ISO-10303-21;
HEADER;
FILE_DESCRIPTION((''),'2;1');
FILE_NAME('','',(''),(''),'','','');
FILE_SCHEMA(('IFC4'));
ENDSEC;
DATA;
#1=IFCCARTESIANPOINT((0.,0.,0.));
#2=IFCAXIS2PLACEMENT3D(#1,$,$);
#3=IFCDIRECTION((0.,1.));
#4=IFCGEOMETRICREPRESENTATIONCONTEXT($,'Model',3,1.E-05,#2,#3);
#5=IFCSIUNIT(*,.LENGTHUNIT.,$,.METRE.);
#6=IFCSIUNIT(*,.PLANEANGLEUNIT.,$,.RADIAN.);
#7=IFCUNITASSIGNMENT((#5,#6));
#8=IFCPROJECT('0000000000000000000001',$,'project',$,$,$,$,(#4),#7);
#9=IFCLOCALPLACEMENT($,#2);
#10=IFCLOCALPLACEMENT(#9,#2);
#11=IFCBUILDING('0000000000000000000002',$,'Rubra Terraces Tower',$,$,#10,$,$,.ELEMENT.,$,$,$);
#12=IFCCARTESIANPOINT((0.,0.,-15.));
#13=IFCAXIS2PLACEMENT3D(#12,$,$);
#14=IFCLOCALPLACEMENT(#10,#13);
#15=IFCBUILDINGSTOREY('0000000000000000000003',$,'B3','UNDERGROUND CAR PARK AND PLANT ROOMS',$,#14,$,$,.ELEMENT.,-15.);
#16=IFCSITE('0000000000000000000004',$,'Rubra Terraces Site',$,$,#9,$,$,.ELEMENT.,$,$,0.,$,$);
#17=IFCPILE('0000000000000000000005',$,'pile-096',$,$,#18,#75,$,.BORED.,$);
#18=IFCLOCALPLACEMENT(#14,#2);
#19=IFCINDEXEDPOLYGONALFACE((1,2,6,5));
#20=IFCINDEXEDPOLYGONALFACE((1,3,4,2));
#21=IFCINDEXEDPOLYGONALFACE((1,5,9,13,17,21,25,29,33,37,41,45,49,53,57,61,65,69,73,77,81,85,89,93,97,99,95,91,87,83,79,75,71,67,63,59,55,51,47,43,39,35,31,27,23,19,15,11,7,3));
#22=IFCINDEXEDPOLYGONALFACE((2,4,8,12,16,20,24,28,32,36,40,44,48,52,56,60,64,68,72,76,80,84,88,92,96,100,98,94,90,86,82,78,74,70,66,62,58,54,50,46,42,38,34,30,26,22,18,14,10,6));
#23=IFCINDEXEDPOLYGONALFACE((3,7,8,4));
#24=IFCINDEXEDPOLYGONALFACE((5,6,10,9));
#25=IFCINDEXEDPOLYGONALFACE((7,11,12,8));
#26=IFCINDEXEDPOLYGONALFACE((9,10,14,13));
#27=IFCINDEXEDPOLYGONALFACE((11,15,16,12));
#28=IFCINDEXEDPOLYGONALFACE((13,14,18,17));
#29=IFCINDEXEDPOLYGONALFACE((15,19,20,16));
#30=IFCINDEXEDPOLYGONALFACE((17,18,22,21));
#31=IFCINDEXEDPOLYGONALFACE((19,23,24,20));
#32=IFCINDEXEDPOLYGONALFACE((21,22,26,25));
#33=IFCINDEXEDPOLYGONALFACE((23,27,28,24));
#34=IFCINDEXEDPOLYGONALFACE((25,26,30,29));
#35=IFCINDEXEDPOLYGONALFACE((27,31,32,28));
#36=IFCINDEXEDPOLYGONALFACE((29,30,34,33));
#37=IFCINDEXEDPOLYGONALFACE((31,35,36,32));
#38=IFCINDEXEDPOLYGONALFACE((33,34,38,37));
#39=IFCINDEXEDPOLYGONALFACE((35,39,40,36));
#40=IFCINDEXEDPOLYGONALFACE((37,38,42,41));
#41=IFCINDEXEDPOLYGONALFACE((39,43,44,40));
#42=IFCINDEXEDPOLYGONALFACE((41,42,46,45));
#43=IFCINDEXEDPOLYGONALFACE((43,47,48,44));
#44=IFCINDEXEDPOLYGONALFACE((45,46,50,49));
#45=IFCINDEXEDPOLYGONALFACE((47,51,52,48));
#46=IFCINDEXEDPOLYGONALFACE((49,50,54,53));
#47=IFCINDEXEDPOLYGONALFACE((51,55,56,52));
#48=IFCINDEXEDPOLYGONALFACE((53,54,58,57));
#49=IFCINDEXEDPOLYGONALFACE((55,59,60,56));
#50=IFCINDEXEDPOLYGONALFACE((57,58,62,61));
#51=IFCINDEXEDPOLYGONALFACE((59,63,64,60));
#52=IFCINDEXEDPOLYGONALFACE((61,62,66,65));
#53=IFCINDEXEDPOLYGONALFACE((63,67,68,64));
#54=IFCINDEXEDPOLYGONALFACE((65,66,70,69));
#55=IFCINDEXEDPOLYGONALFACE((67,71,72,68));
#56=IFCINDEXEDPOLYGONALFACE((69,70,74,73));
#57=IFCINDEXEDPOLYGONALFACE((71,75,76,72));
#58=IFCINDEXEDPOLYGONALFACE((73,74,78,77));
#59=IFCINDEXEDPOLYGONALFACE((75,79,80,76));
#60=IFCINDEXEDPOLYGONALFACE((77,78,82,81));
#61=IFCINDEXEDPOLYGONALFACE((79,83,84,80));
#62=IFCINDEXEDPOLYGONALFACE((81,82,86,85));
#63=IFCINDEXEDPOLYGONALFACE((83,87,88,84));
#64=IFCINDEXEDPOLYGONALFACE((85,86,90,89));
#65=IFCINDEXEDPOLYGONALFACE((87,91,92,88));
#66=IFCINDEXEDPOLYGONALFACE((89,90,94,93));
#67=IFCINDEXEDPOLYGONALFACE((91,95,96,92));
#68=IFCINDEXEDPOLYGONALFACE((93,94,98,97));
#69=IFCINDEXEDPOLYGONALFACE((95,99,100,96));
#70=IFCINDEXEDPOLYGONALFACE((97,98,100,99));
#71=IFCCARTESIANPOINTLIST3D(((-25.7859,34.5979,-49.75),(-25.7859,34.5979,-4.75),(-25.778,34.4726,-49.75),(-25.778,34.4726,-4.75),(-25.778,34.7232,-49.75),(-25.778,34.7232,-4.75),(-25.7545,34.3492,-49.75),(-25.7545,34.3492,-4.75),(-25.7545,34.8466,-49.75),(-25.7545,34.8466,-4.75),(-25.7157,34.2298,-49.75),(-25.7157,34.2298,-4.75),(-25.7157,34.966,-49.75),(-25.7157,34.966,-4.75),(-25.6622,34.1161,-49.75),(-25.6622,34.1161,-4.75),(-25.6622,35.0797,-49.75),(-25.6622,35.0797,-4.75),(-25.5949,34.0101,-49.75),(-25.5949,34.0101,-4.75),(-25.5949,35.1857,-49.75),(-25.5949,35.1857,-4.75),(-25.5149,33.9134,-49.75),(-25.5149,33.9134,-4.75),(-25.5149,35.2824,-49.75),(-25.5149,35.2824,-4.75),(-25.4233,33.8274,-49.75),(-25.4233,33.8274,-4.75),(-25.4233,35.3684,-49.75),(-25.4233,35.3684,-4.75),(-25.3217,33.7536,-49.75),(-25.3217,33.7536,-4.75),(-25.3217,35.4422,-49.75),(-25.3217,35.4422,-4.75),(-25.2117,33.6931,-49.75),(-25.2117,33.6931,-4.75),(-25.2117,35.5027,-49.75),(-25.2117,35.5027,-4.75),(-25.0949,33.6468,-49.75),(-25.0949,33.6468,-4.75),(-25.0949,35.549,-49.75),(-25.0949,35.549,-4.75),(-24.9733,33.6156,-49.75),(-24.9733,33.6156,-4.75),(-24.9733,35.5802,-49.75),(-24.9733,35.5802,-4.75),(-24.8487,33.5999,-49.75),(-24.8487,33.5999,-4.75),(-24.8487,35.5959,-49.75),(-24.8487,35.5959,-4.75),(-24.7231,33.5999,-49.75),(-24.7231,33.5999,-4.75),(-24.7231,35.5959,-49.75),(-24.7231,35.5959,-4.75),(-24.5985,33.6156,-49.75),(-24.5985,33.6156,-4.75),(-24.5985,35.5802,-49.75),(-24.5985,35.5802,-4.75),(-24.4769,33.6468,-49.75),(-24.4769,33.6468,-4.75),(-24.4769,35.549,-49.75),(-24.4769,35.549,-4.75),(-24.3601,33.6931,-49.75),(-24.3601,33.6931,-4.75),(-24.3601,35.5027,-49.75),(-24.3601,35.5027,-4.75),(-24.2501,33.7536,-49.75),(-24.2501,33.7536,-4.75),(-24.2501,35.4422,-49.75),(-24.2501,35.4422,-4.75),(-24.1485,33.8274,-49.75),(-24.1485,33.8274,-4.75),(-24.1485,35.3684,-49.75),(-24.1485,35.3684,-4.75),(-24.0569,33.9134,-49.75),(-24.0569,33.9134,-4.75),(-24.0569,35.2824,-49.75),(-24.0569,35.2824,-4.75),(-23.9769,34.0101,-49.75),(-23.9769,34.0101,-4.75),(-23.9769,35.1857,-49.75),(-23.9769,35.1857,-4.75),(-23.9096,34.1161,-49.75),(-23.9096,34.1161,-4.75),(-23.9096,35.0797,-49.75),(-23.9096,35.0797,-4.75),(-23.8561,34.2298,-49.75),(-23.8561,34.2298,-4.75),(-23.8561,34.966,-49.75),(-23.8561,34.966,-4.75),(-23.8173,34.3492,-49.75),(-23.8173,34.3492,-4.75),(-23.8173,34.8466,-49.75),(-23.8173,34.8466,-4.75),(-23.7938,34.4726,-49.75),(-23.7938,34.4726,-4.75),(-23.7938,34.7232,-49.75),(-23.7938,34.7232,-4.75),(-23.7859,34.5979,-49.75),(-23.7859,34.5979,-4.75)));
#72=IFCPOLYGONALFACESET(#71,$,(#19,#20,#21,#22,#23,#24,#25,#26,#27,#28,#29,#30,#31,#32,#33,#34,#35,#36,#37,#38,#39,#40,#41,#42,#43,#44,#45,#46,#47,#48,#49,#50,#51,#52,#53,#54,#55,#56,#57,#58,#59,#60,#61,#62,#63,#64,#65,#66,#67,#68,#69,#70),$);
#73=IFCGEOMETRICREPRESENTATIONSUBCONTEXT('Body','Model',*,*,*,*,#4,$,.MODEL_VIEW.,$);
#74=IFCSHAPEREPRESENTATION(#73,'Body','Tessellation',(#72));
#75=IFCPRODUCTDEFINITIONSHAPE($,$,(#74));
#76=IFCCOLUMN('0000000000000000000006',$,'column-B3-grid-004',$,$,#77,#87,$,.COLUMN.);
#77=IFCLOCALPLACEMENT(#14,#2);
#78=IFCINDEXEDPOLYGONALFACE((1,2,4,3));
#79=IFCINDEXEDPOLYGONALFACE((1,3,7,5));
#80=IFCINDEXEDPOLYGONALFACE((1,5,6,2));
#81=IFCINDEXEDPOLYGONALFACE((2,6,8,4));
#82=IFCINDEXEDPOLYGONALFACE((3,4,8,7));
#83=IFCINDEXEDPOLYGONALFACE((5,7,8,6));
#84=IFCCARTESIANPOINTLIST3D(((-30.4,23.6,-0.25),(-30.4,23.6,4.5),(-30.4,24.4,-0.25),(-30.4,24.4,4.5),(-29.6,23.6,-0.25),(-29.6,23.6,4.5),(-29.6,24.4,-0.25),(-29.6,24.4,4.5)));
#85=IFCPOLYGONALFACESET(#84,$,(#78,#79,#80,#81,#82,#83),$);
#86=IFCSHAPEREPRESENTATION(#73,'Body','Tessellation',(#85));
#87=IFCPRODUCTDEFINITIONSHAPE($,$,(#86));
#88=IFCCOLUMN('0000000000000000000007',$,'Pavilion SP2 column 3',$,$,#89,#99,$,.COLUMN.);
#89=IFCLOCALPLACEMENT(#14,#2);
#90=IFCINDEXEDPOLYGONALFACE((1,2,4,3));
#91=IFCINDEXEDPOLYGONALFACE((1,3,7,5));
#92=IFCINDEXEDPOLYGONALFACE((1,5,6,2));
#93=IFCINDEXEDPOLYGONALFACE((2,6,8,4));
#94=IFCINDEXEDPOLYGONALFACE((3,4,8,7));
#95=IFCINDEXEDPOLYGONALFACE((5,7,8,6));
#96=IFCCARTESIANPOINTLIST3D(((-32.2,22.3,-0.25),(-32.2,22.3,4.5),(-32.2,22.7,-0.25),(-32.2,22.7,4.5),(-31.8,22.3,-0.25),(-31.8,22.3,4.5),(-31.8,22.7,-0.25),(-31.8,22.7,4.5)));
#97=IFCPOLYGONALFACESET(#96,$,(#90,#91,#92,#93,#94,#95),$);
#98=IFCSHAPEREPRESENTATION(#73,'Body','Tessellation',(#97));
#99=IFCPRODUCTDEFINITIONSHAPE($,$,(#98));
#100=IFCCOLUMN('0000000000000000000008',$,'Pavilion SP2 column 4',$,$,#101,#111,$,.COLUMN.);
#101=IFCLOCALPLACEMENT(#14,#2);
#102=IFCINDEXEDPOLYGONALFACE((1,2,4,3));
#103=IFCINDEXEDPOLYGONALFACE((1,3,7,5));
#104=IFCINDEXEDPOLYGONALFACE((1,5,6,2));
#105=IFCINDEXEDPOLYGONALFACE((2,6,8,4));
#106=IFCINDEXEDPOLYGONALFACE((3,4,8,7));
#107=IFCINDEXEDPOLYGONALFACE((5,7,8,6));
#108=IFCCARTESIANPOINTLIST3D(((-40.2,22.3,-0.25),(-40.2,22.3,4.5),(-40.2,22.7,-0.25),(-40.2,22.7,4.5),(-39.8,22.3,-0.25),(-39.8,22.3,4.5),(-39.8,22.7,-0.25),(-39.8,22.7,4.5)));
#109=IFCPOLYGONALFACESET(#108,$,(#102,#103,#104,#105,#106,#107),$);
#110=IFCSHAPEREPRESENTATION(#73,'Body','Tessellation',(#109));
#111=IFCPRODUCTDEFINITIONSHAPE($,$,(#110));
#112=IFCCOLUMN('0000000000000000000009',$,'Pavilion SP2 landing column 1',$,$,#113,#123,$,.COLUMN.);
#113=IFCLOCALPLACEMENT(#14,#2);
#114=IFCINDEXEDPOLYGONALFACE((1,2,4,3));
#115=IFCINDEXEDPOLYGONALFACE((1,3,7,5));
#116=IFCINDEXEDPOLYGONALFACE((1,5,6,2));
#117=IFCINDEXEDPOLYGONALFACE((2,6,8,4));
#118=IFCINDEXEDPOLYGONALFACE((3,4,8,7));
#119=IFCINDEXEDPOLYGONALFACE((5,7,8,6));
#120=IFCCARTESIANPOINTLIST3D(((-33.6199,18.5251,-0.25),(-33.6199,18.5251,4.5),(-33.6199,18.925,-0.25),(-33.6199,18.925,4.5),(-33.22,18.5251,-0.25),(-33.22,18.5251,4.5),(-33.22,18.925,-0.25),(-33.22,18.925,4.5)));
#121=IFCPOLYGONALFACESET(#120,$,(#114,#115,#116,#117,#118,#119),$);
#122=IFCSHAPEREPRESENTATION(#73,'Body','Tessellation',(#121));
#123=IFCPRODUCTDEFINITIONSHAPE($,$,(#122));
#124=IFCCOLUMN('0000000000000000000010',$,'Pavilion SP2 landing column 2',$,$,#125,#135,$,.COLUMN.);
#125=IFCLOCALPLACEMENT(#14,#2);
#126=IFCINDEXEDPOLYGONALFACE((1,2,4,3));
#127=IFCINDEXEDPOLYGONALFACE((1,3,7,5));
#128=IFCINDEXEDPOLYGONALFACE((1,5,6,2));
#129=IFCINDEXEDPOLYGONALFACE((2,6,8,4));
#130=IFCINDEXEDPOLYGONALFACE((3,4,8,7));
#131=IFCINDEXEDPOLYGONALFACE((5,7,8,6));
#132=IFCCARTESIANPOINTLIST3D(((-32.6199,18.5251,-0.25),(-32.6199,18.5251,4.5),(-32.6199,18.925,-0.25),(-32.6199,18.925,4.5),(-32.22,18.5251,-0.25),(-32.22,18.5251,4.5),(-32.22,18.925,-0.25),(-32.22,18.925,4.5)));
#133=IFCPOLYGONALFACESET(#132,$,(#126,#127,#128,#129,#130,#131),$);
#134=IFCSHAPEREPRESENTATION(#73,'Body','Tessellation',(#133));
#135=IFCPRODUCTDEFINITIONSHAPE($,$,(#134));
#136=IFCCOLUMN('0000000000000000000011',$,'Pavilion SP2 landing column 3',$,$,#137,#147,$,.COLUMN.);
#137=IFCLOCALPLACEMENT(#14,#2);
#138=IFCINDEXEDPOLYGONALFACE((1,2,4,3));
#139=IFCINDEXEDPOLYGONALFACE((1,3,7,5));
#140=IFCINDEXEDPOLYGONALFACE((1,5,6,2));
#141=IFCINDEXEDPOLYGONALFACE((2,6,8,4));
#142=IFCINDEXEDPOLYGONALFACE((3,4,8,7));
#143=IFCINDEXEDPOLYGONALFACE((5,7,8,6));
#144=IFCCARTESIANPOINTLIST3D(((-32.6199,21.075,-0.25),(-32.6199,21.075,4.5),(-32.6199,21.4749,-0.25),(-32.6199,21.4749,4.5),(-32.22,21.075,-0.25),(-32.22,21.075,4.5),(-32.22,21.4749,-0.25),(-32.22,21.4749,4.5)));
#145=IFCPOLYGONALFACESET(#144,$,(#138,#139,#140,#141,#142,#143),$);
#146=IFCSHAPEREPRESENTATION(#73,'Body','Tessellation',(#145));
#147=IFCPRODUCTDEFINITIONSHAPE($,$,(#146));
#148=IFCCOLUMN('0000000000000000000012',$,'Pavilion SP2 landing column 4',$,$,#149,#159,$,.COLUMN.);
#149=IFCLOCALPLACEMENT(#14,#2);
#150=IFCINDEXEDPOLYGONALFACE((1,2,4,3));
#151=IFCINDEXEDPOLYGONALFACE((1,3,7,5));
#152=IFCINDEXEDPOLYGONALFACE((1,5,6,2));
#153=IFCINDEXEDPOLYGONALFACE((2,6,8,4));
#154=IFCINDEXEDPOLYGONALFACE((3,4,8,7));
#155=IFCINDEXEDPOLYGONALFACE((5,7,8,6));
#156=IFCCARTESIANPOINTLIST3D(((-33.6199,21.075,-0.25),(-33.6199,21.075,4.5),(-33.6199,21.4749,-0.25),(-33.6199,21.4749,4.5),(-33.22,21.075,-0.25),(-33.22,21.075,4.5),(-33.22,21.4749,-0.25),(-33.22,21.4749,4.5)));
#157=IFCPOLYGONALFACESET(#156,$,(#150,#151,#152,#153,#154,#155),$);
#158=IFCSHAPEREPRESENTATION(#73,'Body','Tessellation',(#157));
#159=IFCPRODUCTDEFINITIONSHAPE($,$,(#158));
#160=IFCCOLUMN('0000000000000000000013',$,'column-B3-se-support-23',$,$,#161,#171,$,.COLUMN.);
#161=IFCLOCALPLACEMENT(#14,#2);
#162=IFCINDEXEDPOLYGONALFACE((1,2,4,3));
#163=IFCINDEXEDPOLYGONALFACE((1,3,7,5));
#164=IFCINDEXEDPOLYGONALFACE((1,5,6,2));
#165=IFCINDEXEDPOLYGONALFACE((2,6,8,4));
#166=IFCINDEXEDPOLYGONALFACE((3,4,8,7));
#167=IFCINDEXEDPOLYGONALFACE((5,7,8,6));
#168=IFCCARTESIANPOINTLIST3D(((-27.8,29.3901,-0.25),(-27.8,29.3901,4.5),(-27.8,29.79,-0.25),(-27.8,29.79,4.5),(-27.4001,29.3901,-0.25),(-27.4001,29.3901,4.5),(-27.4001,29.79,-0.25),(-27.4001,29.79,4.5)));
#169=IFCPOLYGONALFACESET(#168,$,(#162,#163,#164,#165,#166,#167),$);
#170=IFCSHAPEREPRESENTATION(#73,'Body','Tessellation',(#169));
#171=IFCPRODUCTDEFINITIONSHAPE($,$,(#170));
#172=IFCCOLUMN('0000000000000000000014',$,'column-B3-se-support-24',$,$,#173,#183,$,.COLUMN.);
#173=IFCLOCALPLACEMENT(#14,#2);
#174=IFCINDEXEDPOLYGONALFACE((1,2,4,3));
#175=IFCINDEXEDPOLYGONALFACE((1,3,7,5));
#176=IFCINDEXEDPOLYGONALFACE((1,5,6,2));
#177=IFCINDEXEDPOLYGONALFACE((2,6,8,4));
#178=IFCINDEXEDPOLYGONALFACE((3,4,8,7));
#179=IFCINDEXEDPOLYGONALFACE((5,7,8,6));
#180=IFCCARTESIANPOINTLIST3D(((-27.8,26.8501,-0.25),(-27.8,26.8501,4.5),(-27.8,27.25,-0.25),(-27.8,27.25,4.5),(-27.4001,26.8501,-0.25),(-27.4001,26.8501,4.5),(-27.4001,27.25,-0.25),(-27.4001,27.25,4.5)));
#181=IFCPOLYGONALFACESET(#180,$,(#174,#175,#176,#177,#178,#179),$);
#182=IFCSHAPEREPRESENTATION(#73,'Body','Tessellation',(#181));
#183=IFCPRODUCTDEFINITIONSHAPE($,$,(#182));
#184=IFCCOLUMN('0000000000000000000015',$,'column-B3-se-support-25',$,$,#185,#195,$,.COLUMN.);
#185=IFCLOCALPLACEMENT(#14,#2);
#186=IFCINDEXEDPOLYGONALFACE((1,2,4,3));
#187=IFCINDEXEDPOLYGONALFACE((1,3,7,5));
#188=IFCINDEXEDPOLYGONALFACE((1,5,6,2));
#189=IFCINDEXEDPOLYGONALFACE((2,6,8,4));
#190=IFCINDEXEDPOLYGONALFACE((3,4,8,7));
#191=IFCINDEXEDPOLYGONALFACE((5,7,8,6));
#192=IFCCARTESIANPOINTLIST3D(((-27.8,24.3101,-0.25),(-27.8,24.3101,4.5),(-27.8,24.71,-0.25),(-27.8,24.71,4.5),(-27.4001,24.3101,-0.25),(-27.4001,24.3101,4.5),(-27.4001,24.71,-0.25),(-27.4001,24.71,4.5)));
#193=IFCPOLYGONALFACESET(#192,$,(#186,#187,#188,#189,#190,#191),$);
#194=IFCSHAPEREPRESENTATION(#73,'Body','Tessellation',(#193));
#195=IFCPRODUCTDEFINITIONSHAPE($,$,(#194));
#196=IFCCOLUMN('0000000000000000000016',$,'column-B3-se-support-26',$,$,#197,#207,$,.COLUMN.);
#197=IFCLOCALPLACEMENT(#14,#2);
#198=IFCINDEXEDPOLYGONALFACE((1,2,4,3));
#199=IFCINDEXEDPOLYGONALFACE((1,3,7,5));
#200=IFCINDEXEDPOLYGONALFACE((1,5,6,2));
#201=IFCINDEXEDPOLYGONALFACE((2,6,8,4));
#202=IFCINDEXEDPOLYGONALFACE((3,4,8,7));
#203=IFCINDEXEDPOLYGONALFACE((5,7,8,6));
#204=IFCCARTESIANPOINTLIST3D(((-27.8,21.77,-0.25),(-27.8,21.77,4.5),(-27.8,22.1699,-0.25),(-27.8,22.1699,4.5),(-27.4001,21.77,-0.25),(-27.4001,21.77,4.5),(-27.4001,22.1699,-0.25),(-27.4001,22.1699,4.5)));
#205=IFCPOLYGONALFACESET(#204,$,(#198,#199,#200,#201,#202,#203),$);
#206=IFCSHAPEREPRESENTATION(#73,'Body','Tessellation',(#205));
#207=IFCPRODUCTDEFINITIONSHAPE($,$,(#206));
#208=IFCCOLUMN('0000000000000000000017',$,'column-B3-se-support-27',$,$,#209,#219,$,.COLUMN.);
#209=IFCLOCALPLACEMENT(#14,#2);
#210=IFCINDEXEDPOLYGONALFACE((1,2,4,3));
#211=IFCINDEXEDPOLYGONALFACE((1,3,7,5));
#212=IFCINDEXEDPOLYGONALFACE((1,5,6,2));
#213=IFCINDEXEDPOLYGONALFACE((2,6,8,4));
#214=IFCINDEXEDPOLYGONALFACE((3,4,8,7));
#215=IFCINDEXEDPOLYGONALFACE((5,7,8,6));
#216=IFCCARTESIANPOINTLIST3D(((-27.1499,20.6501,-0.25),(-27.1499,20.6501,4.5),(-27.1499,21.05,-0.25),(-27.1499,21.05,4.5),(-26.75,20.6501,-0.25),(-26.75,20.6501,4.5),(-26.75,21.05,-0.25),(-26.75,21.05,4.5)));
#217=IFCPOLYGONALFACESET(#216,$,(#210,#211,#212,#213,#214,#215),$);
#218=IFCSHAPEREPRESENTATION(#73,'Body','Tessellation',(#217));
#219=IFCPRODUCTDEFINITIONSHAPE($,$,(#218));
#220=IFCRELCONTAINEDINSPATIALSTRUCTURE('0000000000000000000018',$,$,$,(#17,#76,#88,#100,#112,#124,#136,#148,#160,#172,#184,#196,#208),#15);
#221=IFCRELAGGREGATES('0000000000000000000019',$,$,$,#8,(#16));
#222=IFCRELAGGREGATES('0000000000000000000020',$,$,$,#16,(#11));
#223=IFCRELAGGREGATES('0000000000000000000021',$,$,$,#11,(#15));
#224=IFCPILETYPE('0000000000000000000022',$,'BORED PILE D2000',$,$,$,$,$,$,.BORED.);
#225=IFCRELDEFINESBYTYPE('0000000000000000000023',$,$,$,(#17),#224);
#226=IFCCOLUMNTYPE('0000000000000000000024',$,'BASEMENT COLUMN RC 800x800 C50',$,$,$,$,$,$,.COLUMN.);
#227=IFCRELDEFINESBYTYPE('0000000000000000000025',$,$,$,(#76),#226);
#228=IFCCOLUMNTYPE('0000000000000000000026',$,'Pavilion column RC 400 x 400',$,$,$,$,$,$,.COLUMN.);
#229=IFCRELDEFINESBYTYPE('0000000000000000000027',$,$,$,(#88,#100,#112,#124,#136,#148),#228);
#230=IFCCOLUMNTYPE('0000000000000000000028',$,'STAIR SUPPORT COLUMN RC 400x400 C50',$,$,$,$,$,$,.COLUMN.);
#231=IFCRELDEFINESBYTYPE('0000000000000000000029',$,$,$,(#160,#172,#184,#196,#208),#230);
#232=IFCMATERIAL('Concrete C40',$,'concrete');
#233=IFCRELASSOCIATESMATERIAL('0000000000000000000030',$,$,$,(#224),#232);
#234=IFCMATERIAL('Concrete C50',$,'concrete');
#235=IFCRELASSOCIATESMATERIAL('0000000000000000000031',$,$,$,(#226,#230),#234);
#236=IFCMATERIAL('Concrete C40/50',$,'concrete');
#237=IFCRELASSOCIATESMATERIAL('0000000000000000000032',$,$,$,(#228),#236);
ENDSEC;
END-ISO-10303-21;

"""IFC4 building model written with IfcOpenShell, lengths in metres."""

from ifc_helpers import new_model, si_unit, direction, frame, origin, origin_2d, place, context, subcontext, project, spatial, rectangle, circle, extrude, material, material_profile, profile_set, type_object, element, save


model = new_model("IFC4")

# Units and contexts
model_context = context("Model", 3, precision=1e-05, world=origin(), true_north=direction((0.0, 1.0)))
body_context = subcontext(model_context, "Body", "Model", "MODEL_VIEW")
ifc_project = project(units=[si_unit("LENGTHUNIT", "METRE"), si_unit("PLANEANGLEUNIT", "RADIAN")], contexts=[model_context])

# Site, building, storey
site_placement = place(None, origin())
site = spatial("IfcSite", under=ifc_project, at=site_placement, Name="Rubra Terraces Site", CompositionType="ELEMENT", RefElevation=0.0)
building_placement = place(site_placement, origin())
building = spatial("IfcBuilding", under=site, at=building_placement, Name="Rubra Terraces Tower", CompositionType="ELEMENT")
storey_placement = place(building_placement, frame((0.0, 0.0, -15.0)))
storey = spatial("IfcBuildingStorey", under=building, at=storey_placement, Name="B3", Description="UNDERGROUND CAR PARK AND PLANT ROOMS", CompositionType="ELEMENT", Elevation=-15.0)

# Pile
ifc_material_1 = material(Name="Concrete C40", Category="concrete")
ifc_material_profile_1 = material_profile(ifc_material_1, circle(Radius=1.0, at=origin_2d()), Name="BORED PILE D2000")
ifc_profile_set_1 = profile_set([ifc_material_profile_1], Name="Concrete C40")
pile_type = type_object("IfcPileType", Name="BORED PILE D2000", PredefinedType="BORED", material=ifc_profile_set_1)
for number, where, z_axis, x_axis, name in (
    (1, (-24.7859, 34.5979, -4.75), (0.0, 0.0, -1.0), (1.0, 0.0, 0.0), "pile-096"),
):
    element("IfcPile", number, at=place(storey_placement, frame(where, z_axis=z_axis, x_axis=x_axis)), inside=storey, type_object=pile_type, Name=name, PredefinedType="BORED", context=body_context, shape_type="SweptSolid", body=[
        extrude(circle(Radius=1.0, at=origin_2d()), origin(), (0.0, 0.0, 1.0), 45.0),
    ])

# Columns
ifc_material_2 = material(Name="Concrete C50", Category="concrete")
ifc_material_profile_2 = material_profile(ifc_material_2, rectangle(XDim=0.8, YDim=0.8, at=origin_2d()), Name="RC 800x800")
ifc_profile_set_2 = profile_set([ifc_material_profile_2], Name="Concrete C50")
column_type_1 = type_object("IfcColumnType", Name="BASEMENT COLUMN RC 800x800 C50", PredefinedType="COLUMN", material=ifc_profile_set_2)
column_placement = place(storey_placement, frame((-30.0, 24.0, -0.25), z_axis=(0.0, 0.0, 1.0), x_axis=(1.0, 0.0, 0.0)))
element("IfcColumn", 2, at=column_placement, inside=storey, type_object=column_type_1, Name="column-B3-grid-004", PredefinedType="COLUMN", context=body_context, shape_type="SweptSolid", body=[
    extrude(rectangle(XDim=0.8, YDim=0.8, at=origin_2d()), origin(), (0.0, 0.0, 1.0), 4.75),
])
ifc_material_3 = material(Name="Concrete C40/50", Category="concrete")
ifc_material_profile_3 = material_profile(ifc_material_3, rectangle(XDim=0.3999, YDim=0.3999, at=origin_2d()), Name="RC 400x400")
ifc_profile_set_3 = profile_set([ifc_material_profile_3], Name="Concrete C40/50")
column_type_2 = type_object("IfcColumnType", Name="Pavilion column RC 400 x 400", PredefinedType="COLUMN", material=ifc_profile_set_3)
for number, where, z_axis, x_axis, name in (
    (3, (-32.0, 22.5, -0.25), (0.0, 0.0, 1.0), (1.0, 0.0, 0.0), "Pavilion SP2 column 3"),
    (4, (-40.0, 22.5, -0.25), (0.0, 0.0, 1.0), (1.0, 0.0, 0.0), "Pavilion SP2 column 4"),
    (5, (-33.4199, 18.7251, -0.25), (0.0, 0.0, 1.0), (1.0, 0.0, 0.0), "Pavilion SP2 landing column 1"),
    (6, (-32.4199, 18.7251, -0.25), (0.0, 0.0, 1.0), (1.0, 0.0, 0.0), "Pavilion SP2 landing column 2"),
    (7, (-32.4199, 21.2749, -0.25), (0.0, 0.0, 1.0), (1.0, 0.0, 0.0), "Pavilion SP2 landing column 3"),
    (8, (-33.4199, 21.2749, -0.25), (0.0, 0.0, 1.0), (1.0, 0.0, 0.0), "Pavilion SP2 landing column 4"),
):
    element("IfcColumn", number, at=place(storey_placement, frame(where, z_axis=z_axis, x_axis=x_axis)), inside=storey, type_object=column_type_2, Name=name, PredefinedType="COLUMN", context=body_context, shape_type="SweptSolid", body=[
        extrude(rectangle(XDim=0.3999, YDim=0.3999, at=origin_2d()), origin(), (0.0, 0.0, 1.0), 4.75),
    ])
ifc_material_profile_4 = material_profile(ifc_material_2, rectangle(XDim=0.3999, YDim=0.3999, at=origin_2d()), Name="RC 400x400")
ifc_profile_set_4 = profile_set([ifc_material_profile_4], Name="Concrete C50")
column_type_3 = type_object("IfcColumnType", Name="STAIR SUPPORT COLUMN RC 400x400 C50", PredefinedType="COLUMN", material=ifc_profile_set_4)
for number, where, z_axis, x_axis, name in (
    (9, (-27.6001, 29.5901, -0.25), (0.0, 0.0, 1.0), (1.0, 0.0, 0.0), "column-B3-se-support-23"),
    (10, (-27.6001, 27.05, -0.25), (0.0, 0.0, 1.0), (1.0, 0.0, 0.0), "column-B3-se-support-24"),
    (11, (-27.6001, 24.51, -0.25), (0.0, 0.0, 1.0), (1.0, 0.0, 0.0), "column-B3-se-support-25"),
    (12, (-27.6001, 21.97, -0.25), (0.0, 0.0, 1.0), (1.0, 0.0, 0.0), "column-B3-se-support-26"),
    (13, (-26.95, 20.8501, -0.25), (0.0, 0.0, 1.0), (1.0, 0.0, 0.0), "column-B3-se-support-27"),
):
    element("IfcColumn", number, at=place(storey_placement, frame(where, z_axis=z_axis, x_axis=x_axis)), inside=storey, type_object=column_type_3, Name=name, PredefinedType="COLUMN", context=body_context, shape_type="SweptSolid", body=[
        extrude(rectangle(XDim=0.3999, YDim=0.3999, at=origin_2d()), origin(), (0.0, 0.0, 1.0), 4.75),
    ])

save(model, "model.ifc")
